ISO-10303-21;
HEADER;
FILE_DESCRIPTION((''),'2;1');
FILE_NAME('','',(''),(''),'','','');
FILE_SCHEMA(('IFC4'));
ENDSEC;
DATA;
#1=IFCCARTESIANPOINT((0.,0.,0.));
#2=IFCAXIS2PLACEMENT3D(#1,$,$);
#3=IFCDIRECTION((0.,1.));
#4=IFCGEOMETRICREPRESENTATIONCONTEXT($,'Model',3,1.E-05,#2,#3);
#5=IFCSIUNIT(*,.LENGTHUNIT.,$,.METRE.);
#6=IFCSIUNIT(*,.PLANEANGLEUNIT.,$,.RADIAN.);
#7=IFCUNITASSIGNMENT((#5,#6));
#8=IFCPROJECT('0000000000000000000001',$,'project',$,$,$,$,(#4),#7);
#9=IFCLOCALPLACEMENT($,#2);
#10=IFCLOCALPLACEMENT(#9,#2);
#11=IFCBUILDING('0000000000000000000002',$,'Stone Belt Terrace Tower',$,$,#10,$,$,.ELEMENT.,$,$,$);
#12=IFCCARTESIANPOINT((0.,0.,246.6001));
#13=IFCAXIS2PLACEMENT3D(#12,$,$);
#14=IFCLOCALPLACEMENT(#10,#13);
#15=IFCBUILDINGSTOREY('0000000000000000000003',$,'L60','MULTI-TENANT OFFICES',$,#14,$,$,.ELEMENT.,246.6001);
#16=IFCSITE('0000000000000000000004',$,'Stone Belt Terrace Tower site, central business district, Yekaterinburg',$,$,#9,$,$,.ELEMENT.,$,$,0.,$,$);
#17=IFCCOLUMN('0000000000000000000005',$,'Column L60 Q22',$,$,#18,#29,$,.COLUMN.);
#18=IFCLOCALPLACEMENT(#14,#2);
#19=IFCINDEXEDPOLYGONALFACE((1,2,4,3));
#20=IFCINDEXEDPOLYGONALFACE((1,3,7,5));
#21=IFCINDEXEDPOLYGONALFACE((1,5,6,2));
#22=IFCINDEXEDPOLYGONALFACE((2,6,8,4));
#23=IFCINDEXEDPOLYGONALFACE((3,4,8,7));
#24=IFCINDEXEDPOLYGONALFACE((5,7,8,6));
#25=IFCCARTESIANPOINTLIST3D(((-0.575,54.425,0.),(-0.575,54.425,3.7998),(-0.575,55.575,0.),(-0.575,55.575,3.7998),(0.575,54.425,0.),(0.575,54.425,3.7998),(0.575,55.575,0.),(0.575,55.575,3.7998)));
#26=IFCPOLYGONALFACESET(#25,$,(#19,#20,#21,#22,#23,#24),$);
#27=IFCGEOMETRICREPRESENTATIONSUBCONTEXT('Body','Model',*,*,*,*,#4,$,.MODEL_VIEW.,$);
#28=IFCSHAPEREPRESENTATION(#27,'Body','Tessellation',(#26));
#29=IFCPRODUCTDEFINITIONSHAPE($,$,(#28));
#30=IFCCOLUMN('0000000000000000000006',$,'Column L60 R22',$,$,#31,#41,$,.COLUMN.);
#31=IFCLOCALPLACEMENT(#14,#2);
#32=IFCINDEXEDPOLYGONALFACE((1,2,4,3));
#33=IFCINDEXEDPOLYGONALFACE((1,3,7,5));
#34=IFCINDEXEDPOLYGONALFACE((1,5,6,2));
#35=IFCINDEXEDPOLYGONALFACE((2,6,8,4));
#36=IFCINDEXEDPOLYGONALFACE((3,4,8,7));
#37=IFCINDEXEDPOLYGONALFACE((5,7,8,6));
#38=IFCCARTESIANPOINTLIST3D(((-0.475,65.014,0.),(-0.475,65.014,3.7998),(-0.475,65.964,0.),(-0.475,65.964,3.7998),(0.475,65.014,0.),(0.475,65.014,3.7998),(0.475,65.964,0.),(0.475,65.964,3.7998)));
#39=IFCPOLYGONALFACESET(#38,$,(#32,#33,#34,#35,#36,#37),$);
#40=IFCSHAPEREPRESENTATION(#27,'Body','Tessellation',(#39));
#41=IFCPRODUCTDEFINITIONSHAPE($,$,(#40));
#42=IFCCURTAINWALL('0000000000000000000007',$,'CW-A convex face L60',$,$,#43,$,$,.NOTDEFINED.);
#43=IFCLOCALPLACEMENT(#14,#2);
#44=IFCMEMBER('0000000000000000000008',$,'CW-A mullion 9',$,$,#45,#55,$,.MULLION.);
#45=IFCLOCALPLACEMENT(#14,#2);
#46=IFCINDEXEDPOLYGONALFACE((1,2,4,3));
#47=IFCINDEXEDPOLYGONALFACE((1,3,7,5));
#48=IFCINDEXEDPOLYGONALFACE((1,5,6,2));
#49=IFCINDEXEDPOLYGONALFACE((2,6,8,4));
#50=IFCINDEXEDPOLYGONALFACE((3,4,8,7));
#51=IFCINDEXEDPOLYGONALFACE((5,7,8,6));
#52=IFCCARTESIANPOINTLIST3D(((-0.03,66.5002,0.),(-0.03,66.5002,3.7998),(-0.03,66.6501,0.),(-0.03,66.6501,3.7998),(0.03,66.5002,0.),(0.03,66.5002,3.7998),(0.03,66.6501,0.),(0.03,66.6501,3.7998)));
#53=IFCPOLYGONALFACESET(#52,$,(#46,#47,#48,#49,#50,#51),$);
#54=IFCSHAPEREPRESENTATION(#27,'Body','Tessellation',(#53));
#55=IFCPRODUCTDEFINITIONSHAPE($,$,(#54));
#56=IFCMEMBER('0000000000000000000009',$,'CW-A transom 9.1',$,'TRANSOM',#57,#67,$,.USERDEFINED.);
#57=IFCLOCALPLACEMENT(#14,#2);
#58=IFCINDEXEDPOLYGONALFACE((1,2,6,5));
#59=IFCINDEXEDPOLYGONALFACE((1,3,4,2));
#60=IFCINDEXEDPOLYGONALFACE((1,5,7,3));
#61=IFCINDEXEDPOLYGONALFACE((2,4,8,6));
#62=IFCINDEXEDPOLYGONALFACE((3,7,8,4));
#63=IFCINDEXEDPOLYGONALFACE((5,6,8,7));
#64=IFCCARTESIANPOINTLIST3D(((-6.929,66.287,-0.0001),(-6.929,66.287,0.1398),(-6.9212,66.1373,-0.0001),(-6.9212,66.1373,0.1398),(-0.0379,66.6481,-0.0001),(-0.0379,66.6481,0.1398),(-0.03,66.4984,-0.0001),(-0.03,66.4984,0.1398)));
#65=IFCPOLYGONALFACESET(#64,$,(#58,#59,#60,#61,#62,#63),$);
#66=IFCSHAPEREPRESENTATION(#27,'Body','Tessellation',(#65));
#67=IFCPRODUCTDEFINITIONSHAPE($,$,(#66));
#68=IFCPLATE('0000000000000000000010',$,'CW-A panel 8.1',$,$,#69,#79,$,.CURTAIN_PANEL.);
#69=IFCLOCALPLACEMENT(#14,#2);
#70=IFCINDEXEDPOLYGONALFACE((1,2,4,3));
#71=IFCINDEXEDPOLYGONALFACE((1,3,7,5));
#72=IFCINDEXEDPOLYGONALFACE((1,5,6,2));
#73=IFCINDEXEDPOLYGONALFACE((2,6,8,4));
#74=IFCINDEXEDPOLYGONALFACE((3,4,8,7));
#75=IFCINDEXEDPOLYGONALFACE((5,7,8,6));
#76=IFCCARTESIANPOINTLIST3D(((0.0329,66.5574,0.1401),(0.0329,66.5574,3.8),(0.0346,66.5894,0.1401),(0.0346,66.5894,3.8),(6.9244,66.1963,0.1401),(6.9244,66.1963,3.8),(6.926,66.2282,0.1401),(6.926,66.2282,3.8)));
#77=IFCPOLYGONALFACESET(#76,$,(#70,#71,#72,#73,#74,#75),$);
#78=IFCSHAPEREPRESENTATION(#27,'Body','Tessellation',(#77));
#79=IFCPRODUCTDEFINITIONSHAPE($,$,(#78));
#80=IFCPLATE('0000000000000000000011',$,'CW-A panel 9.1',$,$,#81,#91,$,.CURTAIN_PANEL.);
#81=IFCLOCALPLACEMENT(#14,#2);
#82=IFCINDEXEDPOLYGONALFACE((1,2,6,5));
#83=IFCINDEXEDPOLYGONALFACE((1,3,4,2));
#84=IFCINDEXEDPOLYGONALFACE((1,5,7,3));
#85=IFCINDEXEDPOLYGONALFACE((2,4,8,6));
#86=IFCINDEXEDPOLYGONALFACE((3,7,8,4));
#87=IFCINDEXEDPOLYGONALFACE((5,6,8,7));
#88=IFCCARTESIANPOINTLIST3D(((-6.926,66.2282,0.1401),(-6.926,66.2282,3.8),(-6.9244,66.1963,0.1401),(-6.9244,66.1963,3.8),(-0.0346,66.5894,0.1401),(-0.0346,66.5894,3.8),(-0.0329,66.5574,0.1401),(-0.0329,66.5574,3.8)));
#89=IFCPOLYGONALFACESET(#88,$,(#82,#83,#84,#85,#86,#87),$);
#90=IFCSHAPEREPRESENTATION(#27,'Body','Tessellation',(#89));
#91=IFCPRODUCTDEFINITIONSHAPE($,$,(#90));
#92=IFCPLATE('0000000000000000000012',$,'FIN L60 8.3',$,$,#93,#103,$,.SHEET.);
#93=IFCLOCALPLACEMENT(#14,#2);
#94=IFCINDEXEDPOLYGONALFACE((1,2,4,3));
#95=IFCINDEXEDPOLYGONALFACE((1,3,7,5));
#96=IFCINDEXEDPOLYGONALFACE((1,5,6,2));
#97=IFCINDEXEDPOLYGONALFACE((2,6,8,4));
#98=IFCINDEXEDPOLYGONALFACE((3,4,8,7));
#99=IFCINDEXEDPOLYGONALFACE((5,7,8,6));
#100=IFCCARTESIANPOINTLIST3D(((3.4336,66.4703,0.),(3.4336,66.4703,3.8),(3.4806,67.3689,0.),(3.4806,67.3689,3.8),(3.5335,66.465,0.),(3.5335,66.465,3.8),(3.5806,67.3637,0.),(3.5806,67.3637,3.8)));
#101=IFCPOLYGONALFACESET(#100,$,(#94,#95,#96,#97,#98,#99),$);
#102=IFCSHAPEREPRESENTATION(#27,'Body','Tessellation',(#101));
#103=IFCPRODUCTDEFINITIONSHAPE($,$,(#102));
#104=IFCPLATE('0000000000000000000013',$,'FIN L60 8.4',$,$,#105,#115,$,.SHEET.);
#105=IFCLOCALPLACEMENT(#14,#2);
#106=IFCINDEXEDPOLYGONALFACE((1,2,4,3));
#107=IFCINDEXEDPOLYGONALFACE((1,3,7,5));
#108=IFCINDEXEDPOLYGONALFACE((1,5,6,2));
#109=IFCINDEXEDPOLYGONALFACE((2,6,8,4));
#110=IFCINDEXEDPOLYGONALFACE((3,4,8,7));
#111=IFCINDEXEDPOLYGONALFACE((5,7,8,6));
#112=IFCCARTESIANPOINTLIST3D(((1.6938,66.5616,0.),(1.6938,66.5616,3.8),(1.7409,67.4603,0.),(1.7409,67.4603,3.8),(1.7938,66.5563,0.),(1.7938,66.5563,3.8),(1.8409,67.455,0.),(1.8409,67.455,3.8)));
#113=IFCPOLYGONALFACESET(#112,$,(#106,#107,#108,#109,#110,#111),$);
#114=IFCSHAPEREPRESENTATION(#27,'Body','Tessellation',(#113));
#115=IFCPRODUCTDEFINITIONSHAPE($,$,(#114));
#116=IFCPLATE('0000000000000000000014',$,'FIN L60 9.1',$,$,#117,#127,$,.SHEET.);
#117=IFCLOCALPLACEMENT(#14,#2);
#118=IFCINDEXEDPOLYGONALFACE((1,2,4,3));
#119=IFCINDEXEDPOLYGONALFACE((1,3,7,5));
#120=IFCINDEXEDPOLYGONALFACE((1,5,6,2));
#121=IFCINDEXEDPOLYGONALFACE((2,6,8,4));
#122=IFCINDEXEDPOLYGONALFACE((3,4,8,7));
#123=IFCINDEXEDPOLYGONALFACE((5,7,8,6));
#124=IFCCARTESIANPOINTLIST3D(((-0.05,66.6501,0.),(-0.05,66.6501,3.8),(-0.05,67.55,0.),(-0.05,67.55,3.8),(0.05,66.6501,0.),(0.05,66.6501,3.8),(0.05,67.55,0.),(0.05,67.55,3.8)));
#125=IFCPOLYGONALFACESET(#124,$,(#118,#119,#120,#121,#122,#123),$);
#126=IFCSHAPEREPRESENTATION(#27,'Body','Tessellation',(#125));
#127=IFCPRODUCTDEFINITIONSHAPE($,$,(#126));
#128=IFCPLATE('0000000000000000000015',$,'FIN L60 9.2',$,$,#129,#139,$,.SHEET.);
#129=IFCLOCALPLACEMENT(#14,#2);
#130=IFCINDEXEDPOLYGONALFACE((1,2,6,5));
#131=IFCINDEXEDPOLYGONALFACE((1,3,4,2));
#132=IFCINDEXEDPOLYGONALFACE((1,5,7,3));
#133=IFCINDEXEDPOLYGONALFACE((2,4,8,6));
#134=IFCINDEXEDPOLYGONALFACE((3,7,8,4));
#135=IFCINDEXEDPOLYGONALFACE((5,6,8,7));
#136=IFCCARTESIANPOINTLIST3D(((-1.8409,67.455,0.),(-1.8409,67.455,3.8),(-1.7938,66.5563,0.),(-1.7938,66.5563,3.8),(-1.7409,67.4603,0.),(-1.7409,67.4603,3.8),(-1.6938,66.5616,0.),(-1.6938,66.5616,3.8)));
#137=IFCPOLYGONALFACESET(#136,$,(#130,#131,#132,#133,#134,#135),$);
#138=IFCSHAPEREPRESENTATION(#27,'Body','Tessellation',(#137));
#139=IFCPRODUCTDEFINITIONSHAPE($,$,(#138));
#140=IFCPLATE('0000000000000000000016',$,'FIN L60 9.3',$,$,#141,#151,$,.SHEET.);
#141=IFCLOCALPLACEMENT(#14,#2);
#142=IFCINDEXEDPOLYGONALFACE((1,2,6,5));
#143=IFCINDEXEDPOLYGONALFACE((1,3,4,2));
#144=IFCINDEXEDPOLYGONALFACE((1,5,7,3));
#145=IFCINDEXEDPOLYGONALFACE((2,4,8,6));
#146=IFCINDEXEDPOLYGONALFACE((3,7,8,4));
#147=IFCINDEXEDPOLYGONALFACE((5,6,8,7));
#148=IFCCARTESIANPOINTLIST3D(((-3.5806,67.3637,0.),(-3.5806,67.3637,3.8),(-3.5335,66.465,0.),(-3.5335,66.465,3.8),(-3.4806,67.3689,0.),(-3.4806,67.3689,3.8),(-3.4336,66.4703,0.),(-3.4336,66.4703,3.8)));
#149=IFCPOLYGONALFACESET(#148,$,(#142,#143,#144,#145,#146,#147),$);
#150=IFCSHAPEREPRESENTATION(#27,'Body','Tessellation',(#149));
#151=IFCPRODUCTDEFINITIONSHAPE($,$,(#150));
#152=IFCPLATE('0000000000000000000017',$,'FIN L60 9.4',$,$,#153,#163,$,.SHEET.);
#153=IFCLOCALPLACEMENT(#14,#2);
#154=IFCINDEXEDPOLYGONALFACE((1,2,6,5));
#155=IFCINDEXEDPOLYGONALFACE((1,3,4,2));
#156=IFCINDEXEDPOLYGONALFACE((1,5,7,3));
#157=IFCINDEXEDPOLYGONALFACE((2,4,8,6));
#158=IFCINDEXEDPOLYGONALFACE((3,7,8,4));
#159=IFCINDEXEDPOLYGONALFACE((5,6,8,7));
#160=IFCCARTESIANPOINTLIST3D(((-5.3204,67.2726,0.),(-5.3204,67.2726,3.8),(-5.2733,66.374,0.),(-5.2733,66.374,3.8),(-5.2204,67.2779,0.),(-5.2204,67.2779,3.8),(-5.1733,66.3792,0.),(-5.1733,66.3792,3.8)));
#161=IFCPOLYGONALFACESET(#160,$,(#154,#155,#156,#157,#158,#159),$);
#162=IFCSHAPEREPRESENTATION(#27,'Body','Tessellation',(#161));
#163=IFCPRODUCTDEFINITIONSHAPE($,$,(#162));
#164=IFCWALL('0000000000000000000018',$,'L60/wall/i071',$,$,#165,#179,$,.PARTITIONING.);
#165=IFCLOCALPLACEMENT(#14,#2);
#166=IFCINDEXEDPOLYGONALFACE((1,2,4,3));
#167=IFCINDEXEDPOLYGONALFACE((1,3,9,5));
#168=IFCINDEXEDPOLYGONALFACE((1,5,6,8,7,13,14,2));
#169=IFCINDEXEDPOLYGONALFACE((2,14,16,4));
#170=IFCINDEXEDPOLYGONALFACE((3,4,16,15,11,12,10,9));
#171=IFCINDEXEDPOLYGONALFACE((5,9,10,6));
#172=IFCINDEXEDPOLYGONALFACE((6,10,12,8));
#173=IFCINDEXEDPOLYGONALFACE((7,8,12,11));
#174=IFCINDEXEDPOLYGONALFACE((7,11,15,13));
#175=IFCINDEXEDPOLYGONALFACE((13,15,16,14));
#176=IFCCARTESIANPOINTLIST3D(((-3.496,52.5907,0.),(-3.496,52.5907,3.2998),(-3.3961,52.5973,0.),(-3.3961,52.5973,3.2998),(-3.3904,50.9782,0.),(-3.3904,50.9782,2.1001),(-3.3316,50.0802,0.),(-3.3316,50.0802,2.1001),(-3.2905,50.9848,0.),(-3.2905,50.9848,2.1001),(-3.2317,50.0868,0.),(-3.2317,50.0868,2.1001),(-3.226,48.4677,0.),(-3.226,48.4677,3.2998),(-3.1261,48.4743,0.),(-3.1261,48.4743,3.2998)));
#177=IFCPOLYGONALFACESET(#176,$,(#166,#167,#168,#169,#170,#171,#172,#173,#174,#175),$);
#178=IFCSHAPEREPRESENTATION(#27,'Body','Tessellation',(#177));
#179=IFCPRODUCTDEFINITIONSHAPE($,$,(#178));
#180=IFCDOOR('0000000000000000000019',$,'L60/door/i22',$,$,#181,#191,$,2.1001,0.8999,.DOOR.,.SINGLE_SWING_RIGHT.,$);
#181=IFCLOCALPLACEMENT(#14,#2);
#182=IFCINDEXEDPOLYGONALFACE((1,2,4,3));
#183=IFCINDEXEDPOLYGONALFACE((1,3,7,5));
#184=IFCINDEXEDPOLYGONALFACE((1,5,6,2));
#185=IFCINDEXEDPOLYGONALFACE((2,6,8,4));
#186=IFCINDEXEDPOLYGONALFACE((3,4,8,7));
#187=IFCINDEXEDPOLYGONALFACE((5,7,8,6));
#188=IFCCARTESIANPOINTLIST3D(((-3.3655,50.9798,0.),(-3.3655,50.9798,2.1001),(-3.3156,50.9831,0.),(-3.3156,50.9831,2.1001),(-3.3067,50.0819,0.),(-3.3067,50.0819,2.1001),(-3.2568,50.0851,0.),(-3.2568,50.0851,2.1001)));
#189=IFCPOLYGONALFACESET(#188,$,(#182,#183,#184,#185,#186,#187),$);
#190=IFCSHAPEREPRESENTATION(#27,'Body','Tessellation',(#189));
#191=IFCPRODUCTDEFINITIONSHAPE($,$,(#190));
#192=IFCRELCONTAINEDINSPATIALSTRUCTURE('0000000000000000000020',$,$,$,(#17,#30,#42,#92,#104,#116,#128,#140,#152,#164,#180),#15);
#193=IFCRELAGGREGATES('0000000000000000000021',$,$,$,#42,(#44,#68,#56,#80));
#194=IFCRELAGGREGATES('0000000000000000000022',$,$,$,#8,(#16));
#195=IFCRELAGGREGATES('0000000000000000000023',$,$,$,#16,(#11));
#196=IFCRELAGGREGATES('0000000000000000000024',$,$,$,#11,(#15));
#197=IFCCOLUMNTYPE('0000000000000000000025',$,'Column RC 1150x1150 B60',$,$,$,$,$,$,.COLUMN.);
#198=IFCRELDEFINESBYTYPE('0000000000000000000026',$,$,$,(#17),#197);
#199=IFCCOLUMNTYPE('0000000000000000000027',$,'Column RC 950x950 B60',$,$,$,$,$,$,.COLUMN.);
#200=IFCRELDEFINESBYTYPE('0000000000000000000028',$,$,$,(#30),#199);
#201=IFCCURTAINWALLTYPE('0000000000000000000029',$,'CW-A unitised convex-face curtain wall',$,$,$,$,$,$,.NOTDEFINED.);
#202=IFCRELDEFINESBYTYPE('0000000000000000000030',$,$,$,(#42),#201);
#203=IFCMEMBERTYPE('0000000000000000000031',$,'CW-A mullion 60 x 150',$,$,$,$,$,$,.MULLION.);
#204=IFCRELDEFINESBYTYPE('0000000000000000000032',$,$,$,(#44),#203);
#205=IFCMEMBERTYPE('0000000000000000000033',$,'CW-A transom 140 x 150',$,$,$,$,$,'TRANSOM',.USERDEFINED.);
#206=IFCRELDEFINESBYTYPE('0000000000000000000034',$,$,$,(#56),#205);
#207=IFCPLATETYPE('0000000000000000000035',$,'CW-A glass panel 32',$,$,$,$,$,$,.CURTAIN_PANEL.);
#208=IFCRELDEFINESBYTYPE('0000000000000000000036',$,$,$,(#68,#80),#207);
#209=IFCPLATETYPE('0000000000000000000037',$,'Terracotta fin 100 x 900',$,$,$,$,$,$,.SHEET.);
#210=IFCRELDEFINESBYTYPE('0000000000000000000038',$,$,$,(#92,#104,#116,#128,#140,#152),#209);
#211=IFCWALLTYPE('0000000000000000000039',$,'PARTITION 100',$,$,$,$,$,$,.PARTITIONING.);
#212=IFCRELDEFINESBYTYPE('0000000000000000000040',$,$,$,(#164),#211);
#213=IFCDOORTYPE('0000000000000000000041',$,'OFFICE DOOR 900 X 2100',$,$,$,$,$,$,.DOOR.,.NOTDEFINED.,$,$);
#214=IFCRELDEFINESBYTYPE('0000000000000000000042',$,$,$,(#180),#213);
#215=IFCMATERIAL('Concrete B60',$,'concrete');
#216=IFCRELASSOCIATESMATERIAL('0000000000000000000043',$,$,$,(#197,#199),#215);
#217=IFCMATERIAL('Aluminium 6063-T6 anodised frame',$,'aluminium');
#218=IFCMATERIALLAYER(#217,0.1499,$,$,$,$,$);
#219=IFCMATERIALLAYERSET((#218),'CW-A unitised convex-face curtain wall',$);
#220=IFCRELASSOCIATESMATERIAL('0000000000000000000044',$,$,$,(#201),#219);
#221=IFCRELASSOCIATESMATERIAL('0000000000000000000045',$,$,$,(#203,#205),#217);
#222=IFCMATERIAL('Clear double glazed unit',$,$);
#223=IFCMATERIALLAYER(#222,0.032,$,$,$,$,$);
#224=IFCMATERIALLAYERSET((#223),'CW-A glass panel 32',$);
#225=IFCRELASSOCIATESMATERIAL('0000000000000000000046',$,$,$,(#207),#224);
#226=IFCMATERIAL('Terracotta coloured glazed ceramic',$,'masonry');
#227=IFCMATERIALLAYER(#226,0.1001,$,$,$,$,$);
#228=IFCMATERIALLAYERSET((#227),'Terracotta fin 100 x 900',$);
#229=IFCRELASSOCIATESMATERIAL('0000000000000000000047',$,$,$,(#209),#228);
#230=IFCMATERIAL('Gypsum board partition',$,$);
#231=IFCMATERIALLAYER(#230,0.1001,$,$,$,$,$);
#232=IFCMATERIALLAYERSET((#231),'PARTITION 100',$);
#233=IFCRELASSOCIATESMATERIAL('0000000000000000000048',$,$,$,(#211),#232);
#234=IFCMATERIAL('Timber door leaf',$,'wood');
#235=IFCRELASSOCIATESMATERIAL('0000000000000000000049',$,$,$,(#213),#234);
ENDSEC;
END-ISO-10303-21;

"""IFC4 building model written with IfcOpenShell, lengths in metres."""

from ifc_helpers import new_model, si_unit, direction, frame, frame_2d, origin, origin_2d, place, context, subcontext, project, spatial, rectangle, extrude, material, layer, layer_set, material_profile, profile_set, type_object, element, fill, aggregate, save


model = new_model("IFC4")

# Units and contexts
model_context = context("Model", 3, precision=1e-05, world=origin(), true_north=direction((0.0, 1.0)))
body_context = subcontext(model_context, "Body", "Model", "MODEL_VIEW")
ifc_project = project(units=[si_unit("LENGTHUNIT", "METRE"), si_unit("PLANEANGLEUNIT", "RADIAN")], contexts=[model_context])

# Site, building, storey
site_placement = place(None, origin())
site = spatial("IfcSite", under=ifc_project, at=site_placement, Name="Stone Belt Terrace Tower site, central business district, Yekaterinburg", CompositionType="ELEMENT", RefElevation=0.0)
building_placement = place(site_placement, origin())
building = spatial("IfcBuilding", under=site, at=building_placement, Name="Stone Belt Terrace Tower", CompositionType="ELEMENT")
storey_placement = place(building_placement, frame((0.0, 0.0, 246.6001)))
storey = spatial("IfcBuildingStorey", under=building, at=storey_placement, Name="L60", Description="MULTI-TENANT OFFICES", CompositionType="ELEMENT", Elevation=246.6001)

# Columns
ifc_material_1 = material(Name="Concrete B60", Category="concrete")
ifc_material_profile_1 = material_profile(ifc_material_1, rectangle(XDim=1.1499, YDim=1.1499, at=origin_2d()), Name="RC 1150x1150")
ifc_profile_set_1 = profile_set([ifc_material_profile_1], Name="Concrete B60")
column_type_1 = type_object("IfcColumnType", Name="Column RC 1150x1150 B60", PredefinedType="COLUMN", material=ifc_profile_set_1)
column_1_placement = place(storey_placement, frame((0.0, 55.0, 0.0), z_axis=(0.0, 0.0, 1.0), x_axis=(1.0, 0.0, 0.0)))
element("IfcColumn", 1, at=column_1_placement, inside=storey, type_object=column_type_1, Name="Column L60 Q22", PredefinedType="COLUMN", context=body_context, shape_type="SweptSolid", body=[
    extrude(rectangle(XDim=1.1499, YDim=1.1499, at=origin_2d()), origin(), (0.0, 0.0, 1.0), 3.7998),
])
ifc_material_profile_2 = material_profile(ifc_material_1, rectangle(XDim=0.95, YDim=0.95, at=origin_2d()), Name="RC 950x950")
ifc_profile_set_2 = profile_set([ifc_material_profile_2], Name="Concrete B60")
column_type_2 = type_object("IfcColumnType", Name="Column RC 950x950 B60", PredefinedType="COLUMN", material=ifc_profile_set_2)
column_2_placement = place(storey_placement, frame((0.0, 65.489, 0.0), z_axis=(0.0, 0.0, 1.0), x_axis=(1.0, 0.0, 0.0)))
element("IfcColumn", 2, at=column_2_placement, inside=storey, type_object=column_type_2, Name="Column L60 R22", PredefinedType="COLUMN", context=body_context, shape_type="SweptSolid", body=[
    extrude(rectangle(XDim=0.95, YDim=0.95, at=origin_2d()), origin(), (0.0, 0.0, 1.0), 3.7998),
])

# Curtain wall, members, plates
ifc_material_2 = material(Name="Aluminium 6063-T6 anodised frame", Category="aluminium")
ifc_layer_1 = layer(ifc_material_2, 0.1499)
ifc_layer_set_1 = layer_set([ifc_layer_1], Name="CW-A unitised convex-face curtain wall")
curtain_wall_type = type_object("IfcCurtainWallType", Name="CW-A unitised convex-face curtain wall", PredefinedType="NOTDEFINED", material=ifc_layer_set_1)
curtain_wall_placement = place(storey_placement, origin())
curtain_wall = element("IfcCurtainWall", 3, at=curtain_wall_placement, inside=storey, type_object=curtain_wall_type, Name="CW-A convex face L60", PredefinedType="NOTDEFINED")
ifc_material_profile_3 = material_profile(ifc_material_2, rectangle(XDim=0.1499, YDim=0.0601, at=origin_2d()), Name="Aluminium 6063-T6 60x150")
ifc_profile_set_3 = profile_set([ifc_material_profile_3], Name="Aluminium 6063-T6 anodised frame")
member_type_1 = type_object("IfcMemberType", Name="CW-A mullion 60 x 150", PredefinedType="MULLION", material=ifc_profile_set_3)
member_1_placement = place(storey_placement, frame((0.0, 66.5752, 0.0), z_axis=(0.0, 0.0, 1.0), x_axis=(0.0, -1.0, 0.0)))
member_1 = element("IfcMember", 4, at=member_1_placement, type_object=member_type_1, Name="CW-A mullion 9", PredefinedType="MULLION", context=body_context, shape_type="SweptSolid", body=[
    extrude(rectangle(XDim=0.1499, YDim=0.0601, at=origin_2d()), origin(), (0.0, 0.0, 1.0), 3.7998),
])
ifc_material_profile_4 = material_profile(ifc_material_2, rectangle(XDim=0.1499, YDim=0.1399, at=origin_2d()), Name="Aluminium 6063-T6 150x140")
ifc_profile_set_4 = profile_set([ifc_material_profile_4], Name="Aluminium 6063-T6 anodised frame")
member_type_2 = type_object("IfcMemberType", Name="CW-A transom 140 x 150", ElementType="TRANSOM", PredefinedType="USERDEFINED", material=ifc_profile_set_4)
member_2_placement = place(storey_placement, frame((-0.0339, 66.5732, 0.0698), z_axis=(-0.99863, -0.052327, 0.0), x_axis=(0.052327, -0.99863, 0.0)))
member_2 = element("IfcMember", 5, at=member_2_placement, type_object=member_type_2, Name="CW-A transom 9.1", ObjectType="TRANSOM", PredefinedType="USERDEFINED", context=body_context, shape_type="SweptSolid", body=[
    extrude(rectangle(XDim=0.1499, YDim=0.1399, at=origin_2d()), origin(), (0.0, 0.0, 1.0), 6.9006),
])
ifc_material_3 = material(Name="Clear double glazed unit")
ifc_layer_2 = layer(ifc_material_3, 0.032)
ifc_layer_set_2 = layer_set([ifc_layer_2], Name="CW-A glass panel 32")
plate_type_1 = type_object("IfcPlateType", Name="CW-A glass panel 32", PredefinedType="CURTAIN_PANEL", material=ifc_layer_set_2)
plate_1_placement = place(storey_placement, frame((3.4795, 66.3928, 0.1401), z_axis=(0.0, 0.0, 1.0), x_axis=(-0.99863, 0.052336, 0.0)))
plate_1 = element("IfcPlate", 6, at=plate_1_placement, type_object=plate_type_1, Name="CW-A panel 8.1", PredefinedType="CURTAIN_PANEL", context=body_context, shape_type="SweptSolid", body=[
    extrude(rectangle(XDim=6.9009, YDim=0.032, at=origin_2d()), origin(), (0.0, 0.0, 1.0), 3.6599),
])
plate_2_placement = place(storey_placement, frame((-3.4795, 66.3928, 0.1401), z_axis=(0.0, 0.0, 1.0), x_axis=(-0.99863, -0.052336, 0.0)))
plate_2 = element("IfcPlate", 7, at=plate_2_placement, type_object=plate_type_1, Name="CW-A panel 9.1", PredefinedType="CURTAIN_PANEL", context=body_context, shape_type="SweptSolid", body=[
    extrude(rectangle(XDim=6.9009, YDim=0.032, at=origin_2d()), origin(), (0.0, 0.0, 1.0), 3.6599),
])
aggregate(curtain_wall, [member_1, plate_1, member_2, plate_2])

# Plates
ifc_material_4 = material(Name="Terracotta coloured glazed ceramic", Category="masonry")
ifc_layer_3 = layer(ifc_material_4, 0.1001)
ifc_layer_set_3 = layer_set([ifc_layer_3], Name="Terracotta fin 100 x 900")
plate_type_2 = type_object("IfcPlateType", Name="Terracotta fin 100 x 900", PredefinedType="SHEET", material=ifc_layer_set_3)
for number, where, z_axis, x_axis, name in (
    (8, (3.5071, 66.917, 0.0), (0.0, 0.0, 1.0), (0.052336, 0.99863, 0.0), "FIN L60 8.3"),
    (9, (1.7673, 67.0083, 0.0), (0.0, 0.0, 1.0), (0.052336, 0.99863, 0.0), "FIN L60 8.4"),
    (10, (0.0, 67.1001, 0.0), (0.0, 0.0, 1.0), (0.0, 1.0, 0.0), "FIN L60 9.1"),
    (11, (-1.7673, 67.0083, 0.0), (0.0, 0.0, 1.0), (-0.052336, 0.99863, 0.0), "FIN L60 9.2"),
    (12, (-3.5071, 66.917, 0.0), (0.0, 0.0, 1.0), (-0.052336, 0.99863, 0.0), "FIN L60 9.3"),
    (13, (-5.2468, 66.8259, 0.0), (0.0, 0.0, 1.0), (-0.052336, 0.99863, 0.0), "FIN L60 9.4"),
):
    element("IfcPlate", number, at=place(storey_placement, frame(where, z_axis=z_axis, x_axis=x_axis)), inside=storey, type_object=plate_type_2, Name=name, PredefinedType="SHEET", context=body_context, shape_type="SweptSolid", body=[
        extrude(rectangle(XDim=0.8999, YDim=0.1001, at=origin_2d()), origin(), (0.0, 0.0, 1.0), 3.8),
    ])

# Wall, opening, door
ifc_material_5 = material(Name="Gypsum board partition")
ifc_layer_4 = layer(ifc_material_5, 0.1001)
ifc_layer_set_4 = layer_set([ifc_layer_4], Name="PARTITION 100")
wall_type_1 = type_object("IfcWallType", Name="PARTITION 100", PredefinedType="PARTITIONING", material=ifc_layer_set_4)
wall_1_placement = place(storey_placement, frame((-3.446, 52.594, 0.0), z_axis=(0.0, 0.0, 1.0), x_axis=(0.06535, -0.997862, 0.0)))
wall_1 = element("IfcWall", 14, at=wall_1_placement, inside=storey, type_object=wall_type_1, Name="L60/wall/i071", PredefinedType="PARTITIONING", context=body_context, shape_type="SweptSolid", body=[
    extrude(rectangle(XDim=4.1318, YDim=0.1001, at=frame_2d((2.0659, 0.0))), origin(), (0.0, 0.0, 1.0), 3.2998),
])
opening_1_placement = place(wall_1_placement, frame((1.616, 0.0, 0.0)))
opening_1 = element("IfcOpeningElement", 15, at=opening_1_placement, cuts=wall_1, PredefinedType="OPENING", context=body_context, shape_type="SweptSolid", body=[
    extrude(rectangle(XDim=0.8999, YDim=2.1001, at=frame_2d((0.45, 1.05))), frame((0.0, 0.0601, 0.0), z_axis=(0.0, -1.0, 0.0), x_axis=(1.0, 0.0, 0.0)), (0.0, 0.0, 1.0), 0.1201),
])
ifc_material_6 = material(Name="Timber door leaf", Category="wood")
door_type = type_object("IfcDoorType", Name="OFFICE DOOR 900 X 2100", OperationType="NOTDEFINED", PredefinedType="DOOR", material=ifc_material_6)
door_1_placement = place(opening_1_placement, origin())
door_1 = element("IfcDoor", 16, at=door_1_placement, inside=storey, type_object=door_type, Name="L60/door/i22", OperationType="SINGLE_SWING_RIGHT", OverallHeight=2.1001, OverallWidth=0.8999, PredefinedType="DOOR", context=body_context, shape_type="SweptSolid", body=[
    extrude(rectangle(XDim=0.8999, YDim=2.1001, at=frame_2d((0.45, 1.05))), frame((0.0, 0.0249, 0.0), z_axis=(0.0, -1.0, 0.0), x_axis=(1.0, 0.0, 0.0)), (0.0, 0.0, 1.0), 0.05),
])
fill(opening_1, door_1)

save(model, "model.ifc")
